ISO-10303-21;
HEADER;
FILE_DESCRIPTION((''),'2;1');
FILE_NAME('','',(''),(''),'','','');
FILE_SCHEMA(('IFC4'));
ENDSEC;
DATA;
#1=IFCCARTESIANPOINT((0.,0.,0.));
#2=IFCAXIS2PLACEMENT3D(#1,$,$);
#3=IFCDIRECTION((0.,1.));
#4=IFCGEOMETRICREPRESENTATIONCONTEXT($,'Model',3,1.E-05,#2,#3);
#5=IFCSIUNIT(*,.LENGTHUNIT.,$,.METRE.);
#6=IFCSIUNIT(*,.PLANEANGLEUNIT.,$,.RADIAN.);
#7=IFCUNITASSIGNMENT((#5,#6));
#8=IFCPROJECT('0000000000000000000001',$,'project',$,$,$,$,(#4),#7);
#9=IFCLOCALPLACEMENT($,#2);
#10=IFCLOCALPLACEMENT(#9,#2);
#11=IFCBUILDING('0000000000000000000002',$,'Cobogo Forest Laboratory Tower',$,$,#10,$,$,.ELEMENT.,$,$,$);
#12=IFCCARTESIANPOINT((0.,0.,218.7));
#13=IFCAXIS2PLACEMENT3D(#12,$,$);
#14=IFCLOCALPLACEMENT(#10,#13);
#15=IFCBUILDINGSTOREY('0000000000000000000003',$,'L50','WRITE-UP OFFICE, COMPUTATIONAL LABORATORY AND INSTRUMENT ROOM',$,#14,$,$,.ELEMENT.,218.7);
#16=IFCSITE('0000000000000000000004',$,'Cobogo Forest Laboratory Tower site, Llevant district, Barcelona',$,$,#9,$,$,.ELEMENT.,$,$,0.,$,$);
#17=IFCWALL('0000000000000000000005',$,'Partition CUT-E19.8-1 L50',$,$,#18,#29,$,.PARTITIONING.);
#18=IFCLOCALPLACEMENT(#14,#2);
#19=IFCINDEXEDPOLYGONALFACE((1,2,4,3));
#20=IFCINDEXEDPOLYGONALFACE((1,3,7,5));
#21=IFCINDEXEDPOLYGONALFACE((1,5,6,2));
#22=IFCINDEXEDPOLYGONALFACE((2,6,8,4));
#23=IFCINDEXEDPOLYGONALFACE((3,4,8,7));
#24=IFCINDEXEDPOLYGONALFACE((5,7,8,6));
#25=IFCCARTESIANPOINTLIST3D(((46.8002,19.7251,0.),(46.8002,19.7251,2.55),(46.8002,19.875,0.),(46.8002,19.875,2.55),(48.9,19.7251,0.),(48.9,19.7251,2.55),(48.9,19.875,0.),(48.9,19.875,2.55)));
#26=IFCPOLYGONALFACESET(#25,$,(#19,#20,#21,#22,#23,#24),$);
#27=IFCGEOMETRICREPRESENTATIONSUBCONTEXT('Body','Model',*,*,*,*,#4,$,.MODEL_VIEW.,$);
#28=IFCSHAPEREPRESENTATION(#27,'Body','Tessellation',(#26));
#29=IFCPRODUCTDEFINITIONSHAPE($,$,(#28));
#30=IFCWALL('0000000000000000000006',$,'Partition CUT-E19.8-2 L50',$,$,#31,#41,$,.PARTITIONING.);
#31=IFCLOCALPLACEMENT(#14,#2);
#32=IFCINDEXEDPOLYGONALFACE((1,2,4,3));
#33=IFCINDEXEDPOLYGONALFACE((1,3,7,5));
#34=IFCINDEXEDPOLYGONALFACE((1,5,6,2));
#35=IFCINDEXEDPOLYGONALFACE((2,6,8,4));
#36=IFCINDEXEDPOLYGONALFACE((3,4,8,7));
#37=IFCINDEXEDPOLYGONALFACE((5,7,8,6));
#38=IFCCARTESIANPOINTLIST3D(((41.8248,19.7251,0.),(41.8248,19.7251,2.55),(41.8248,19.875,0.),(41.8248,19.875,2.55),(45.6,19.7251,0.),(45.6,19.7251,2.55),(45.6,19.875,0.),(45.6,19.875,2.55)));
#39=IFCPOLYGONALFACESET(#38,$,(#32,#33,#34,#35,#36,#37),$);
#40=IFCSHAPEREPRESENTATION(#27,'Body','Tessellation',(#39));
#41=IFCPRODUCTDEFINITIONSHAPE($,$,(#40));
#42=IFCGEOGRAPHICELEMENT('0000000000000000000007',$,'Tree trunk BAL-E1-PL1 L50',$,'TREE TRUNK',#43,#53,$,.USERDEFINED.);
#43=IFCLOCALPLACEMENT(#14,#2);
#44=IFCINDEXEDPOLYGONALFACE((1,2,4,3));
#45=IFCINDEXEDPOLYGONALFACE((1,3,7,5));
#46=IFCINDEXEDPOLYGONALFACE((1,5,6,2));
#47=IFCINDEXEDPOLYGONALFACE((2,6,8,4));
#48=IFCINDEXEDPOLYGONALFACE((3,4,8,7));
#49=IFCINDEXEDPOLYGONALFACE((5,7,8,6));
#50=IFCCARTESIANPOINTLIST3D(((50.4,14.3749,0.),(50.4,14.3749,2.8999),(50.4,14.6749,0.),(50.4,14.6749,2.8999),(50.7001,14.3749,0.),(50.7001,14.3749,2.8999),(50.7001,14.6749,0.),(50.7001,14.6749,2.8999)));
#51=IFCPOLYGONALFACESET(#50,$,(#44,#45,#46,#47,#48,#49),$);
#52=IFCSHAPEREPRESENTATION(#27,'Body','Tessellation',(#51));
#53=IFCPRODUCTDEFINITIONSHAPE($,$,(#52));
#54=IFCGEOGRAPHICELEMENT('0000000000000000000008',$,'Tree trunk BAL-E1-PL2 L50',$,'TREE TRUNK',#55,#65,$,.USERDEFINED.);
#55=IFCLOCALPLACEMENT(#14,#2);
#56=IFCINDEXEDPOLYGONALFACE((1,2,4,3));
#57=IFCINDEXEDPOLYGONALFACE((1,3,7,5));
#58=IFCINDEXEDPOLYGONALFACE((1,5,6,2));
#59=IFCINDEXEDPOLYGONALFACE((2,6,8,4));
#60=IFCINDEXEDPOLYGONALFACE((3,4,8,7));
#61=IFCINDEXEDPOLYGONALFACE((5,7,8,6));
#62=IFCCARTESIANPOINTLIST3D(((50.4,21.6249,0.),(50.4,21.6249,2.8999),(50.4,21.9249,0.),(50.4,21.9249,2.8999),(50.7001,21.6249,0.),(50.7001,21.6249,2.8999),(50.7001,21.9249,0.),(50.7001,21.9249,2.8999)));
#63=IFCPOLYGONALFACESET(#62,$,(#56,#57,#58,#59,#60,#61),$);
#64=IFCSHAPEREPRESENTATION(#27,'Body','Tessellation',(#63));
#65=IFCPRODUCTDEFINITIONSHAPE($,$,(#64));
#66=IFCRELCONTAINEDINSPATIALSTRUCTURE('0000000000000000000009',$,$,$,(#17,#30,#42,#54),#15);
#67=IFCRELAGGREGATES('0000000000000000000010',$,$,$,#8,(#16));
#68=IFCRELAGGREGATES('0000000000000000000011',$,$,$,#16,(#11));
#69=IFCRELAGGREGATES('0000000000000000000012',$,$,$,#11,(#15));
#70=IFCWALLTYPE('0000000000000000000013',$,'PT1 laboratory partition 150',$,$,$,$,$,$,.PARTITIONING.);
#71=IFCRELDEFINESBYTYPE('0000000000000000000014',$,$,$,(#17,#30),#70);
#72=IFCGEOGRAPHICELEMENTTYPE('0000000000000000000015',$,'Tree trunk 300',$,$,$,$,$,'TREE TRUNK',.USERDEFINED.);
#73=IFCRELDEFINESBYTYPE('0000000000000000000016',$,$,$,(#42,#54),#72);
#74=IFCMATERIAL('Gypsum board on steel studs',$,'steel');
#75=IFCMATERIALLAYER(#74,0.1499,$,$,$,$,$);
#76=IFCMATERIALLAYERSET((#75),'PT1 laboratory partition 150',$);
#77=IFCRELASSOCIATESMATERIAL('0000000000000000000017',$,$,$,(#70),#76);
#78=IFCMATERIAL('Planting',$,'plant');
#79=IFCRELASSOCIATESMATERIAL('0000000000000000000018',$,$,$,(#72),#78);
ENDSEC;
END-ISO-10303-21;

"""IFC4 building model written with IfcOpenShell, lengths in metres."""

from ifc_helpers import new_model, si_unit, direction, frame, frame_2d, origin, origin_2d, place, context, subcontext, project, spatial, rectangle, extrude, material, layer, layer_set, type_object, element, save


model = new_model("IFC4")

# Units and contexts
model_context = context("Model", 3, precision=1e-05, world=origin(), true_north=direction((0.0, 1.0)))
body_context = subcontext(model_context, "Body", "Model", "MODEL_VIEW")
ifc_project = project(units=[si_unit("LENGTHUNIT", "METRE"), si_unit("PLANEANGLEUNIT", "RADIAN")], contexts=[model_context])

# Site, building, storey
site_placement = place(None, origin())
site = spatial("IfcSite", under=ifc_project, at=site_placement, Name="Cobogo Forest Laboratory Tower site, Llevant district, Barcelona", CompositionType="ELEMENT", RefElevation=0.0)
building_placement = place(site_placement, origin())
building = spatial("IfcBuilding", under=site, at=building_placement, Name="Cobogo Forest Laboratory Tower", CompositionType="ELEMENT")
storey_placement = place(building_placement, frame((0.0, 0.0, 218.7)))
storey = spatial("IfcBuildingStorey", under=building, at=storey_placement, Name="L50", Description="WRITE-UP OFFICE, COMPUTATIONAL LABORATORY AND INSTRUMENT ROOM", CompositionType="ELEMENT", Elevation=218.7)

# Walls
ifc_material_1 = material(Name="Gypsum board on steel studs", Category="steel")
ifc_layer_1 = layer(ifc_material_1, 0.1499)
ifc_layer_set_1 = layer_set([ifc_layer_1], Name="PT1 laboratory partition 150")
wall_type_1 = type_object("IfcWallType", Name="PT1 laboratory partition 150", PredefinedType="PARTITIONING", material=ifc_layer_set_1)
wall_1_placement = place(storey_placement, frame((48.8999, 19.8, 0.0), z_axis=(0.0, 0.0, 1.0), x_axis=(-1.0, 0.0, 0.0)))
element("IfcWall", 1, at=wall_1_placement, inside=storey, type_object=wall_type_1, Name="Partition CUT-E19.8-1 L50", PredefinedType="PARTITIONING", context=body_context, shape_type="SweptSolid", body=[
    extrude(rectangle(XDim=2.0999, YDim=0.1499, at=frame_2d((1.0498, 0.0))), origin(), (0.0, 0.0, 1.0), 2.55),
])
wall_2_placement = place(storey_placement, frame((45.6001, 19.8, 0.0), z_axis=(0.0, 0.0, 1.0), x_axis=(-1.0, 0.0, 0.0)))
element("IfcWall", 2, at=wall_2_placement, inside=storey, type_object=wall_type_1, Name="Partition CUT-E19.8-2 L50", PredefinedType="PARTITIONING", context=body_context, shape_type="SweptSolid", body=[
    extrude(rectangle(XDim=3.7751, YDim=0.1499, at=frame_2d((1.8877, 0.0))), origin(), (0.0, 0.0, 1.0), 2.55),
])

# Geographic elements
ifc_material_2 = material(Name="Planting", Category="plant")
geographic_element_type = type_object("IfcGeographicElementType", Name="Tree trunk 300", ElementType="TREE TRUNK", PredefinedType="USERDEFINED", material=ifc_material_2)
for number, where, z_axis, x_axis, name in (
    (3, (50.55, 14.5249, 0.0), (0.0, 0.0, 1.0), (1.0, 0.0, 0.0), "Tree trunk BAL-E1-PL1 L50"),
    (4, (50.55, 21.7749, 0.0), (0.0, 0.0, 1.0), (1.0, 0.0, 0.0), "Tree trunk BAL-E1-PL2 L50"),
):
    element("IfcGeographicElement", number, at=place(storey_placement, frame(where, z_axis=z_axis, x_axis=x_axis)), inside=storey, type_object=geographic_element_type, Name=name, ObjectType="TREE TRUNK", PredefinedType="USERDEFINED", context=body_context, shape_type="SweptSolid", body=[
        extrude(rectangle(XDim=0.3, YDim=0.3, at=origin_2d()), origin(), (0.0, 0.0, 1.0), 2.8999),
    ])

save(model, "model.ifc")
